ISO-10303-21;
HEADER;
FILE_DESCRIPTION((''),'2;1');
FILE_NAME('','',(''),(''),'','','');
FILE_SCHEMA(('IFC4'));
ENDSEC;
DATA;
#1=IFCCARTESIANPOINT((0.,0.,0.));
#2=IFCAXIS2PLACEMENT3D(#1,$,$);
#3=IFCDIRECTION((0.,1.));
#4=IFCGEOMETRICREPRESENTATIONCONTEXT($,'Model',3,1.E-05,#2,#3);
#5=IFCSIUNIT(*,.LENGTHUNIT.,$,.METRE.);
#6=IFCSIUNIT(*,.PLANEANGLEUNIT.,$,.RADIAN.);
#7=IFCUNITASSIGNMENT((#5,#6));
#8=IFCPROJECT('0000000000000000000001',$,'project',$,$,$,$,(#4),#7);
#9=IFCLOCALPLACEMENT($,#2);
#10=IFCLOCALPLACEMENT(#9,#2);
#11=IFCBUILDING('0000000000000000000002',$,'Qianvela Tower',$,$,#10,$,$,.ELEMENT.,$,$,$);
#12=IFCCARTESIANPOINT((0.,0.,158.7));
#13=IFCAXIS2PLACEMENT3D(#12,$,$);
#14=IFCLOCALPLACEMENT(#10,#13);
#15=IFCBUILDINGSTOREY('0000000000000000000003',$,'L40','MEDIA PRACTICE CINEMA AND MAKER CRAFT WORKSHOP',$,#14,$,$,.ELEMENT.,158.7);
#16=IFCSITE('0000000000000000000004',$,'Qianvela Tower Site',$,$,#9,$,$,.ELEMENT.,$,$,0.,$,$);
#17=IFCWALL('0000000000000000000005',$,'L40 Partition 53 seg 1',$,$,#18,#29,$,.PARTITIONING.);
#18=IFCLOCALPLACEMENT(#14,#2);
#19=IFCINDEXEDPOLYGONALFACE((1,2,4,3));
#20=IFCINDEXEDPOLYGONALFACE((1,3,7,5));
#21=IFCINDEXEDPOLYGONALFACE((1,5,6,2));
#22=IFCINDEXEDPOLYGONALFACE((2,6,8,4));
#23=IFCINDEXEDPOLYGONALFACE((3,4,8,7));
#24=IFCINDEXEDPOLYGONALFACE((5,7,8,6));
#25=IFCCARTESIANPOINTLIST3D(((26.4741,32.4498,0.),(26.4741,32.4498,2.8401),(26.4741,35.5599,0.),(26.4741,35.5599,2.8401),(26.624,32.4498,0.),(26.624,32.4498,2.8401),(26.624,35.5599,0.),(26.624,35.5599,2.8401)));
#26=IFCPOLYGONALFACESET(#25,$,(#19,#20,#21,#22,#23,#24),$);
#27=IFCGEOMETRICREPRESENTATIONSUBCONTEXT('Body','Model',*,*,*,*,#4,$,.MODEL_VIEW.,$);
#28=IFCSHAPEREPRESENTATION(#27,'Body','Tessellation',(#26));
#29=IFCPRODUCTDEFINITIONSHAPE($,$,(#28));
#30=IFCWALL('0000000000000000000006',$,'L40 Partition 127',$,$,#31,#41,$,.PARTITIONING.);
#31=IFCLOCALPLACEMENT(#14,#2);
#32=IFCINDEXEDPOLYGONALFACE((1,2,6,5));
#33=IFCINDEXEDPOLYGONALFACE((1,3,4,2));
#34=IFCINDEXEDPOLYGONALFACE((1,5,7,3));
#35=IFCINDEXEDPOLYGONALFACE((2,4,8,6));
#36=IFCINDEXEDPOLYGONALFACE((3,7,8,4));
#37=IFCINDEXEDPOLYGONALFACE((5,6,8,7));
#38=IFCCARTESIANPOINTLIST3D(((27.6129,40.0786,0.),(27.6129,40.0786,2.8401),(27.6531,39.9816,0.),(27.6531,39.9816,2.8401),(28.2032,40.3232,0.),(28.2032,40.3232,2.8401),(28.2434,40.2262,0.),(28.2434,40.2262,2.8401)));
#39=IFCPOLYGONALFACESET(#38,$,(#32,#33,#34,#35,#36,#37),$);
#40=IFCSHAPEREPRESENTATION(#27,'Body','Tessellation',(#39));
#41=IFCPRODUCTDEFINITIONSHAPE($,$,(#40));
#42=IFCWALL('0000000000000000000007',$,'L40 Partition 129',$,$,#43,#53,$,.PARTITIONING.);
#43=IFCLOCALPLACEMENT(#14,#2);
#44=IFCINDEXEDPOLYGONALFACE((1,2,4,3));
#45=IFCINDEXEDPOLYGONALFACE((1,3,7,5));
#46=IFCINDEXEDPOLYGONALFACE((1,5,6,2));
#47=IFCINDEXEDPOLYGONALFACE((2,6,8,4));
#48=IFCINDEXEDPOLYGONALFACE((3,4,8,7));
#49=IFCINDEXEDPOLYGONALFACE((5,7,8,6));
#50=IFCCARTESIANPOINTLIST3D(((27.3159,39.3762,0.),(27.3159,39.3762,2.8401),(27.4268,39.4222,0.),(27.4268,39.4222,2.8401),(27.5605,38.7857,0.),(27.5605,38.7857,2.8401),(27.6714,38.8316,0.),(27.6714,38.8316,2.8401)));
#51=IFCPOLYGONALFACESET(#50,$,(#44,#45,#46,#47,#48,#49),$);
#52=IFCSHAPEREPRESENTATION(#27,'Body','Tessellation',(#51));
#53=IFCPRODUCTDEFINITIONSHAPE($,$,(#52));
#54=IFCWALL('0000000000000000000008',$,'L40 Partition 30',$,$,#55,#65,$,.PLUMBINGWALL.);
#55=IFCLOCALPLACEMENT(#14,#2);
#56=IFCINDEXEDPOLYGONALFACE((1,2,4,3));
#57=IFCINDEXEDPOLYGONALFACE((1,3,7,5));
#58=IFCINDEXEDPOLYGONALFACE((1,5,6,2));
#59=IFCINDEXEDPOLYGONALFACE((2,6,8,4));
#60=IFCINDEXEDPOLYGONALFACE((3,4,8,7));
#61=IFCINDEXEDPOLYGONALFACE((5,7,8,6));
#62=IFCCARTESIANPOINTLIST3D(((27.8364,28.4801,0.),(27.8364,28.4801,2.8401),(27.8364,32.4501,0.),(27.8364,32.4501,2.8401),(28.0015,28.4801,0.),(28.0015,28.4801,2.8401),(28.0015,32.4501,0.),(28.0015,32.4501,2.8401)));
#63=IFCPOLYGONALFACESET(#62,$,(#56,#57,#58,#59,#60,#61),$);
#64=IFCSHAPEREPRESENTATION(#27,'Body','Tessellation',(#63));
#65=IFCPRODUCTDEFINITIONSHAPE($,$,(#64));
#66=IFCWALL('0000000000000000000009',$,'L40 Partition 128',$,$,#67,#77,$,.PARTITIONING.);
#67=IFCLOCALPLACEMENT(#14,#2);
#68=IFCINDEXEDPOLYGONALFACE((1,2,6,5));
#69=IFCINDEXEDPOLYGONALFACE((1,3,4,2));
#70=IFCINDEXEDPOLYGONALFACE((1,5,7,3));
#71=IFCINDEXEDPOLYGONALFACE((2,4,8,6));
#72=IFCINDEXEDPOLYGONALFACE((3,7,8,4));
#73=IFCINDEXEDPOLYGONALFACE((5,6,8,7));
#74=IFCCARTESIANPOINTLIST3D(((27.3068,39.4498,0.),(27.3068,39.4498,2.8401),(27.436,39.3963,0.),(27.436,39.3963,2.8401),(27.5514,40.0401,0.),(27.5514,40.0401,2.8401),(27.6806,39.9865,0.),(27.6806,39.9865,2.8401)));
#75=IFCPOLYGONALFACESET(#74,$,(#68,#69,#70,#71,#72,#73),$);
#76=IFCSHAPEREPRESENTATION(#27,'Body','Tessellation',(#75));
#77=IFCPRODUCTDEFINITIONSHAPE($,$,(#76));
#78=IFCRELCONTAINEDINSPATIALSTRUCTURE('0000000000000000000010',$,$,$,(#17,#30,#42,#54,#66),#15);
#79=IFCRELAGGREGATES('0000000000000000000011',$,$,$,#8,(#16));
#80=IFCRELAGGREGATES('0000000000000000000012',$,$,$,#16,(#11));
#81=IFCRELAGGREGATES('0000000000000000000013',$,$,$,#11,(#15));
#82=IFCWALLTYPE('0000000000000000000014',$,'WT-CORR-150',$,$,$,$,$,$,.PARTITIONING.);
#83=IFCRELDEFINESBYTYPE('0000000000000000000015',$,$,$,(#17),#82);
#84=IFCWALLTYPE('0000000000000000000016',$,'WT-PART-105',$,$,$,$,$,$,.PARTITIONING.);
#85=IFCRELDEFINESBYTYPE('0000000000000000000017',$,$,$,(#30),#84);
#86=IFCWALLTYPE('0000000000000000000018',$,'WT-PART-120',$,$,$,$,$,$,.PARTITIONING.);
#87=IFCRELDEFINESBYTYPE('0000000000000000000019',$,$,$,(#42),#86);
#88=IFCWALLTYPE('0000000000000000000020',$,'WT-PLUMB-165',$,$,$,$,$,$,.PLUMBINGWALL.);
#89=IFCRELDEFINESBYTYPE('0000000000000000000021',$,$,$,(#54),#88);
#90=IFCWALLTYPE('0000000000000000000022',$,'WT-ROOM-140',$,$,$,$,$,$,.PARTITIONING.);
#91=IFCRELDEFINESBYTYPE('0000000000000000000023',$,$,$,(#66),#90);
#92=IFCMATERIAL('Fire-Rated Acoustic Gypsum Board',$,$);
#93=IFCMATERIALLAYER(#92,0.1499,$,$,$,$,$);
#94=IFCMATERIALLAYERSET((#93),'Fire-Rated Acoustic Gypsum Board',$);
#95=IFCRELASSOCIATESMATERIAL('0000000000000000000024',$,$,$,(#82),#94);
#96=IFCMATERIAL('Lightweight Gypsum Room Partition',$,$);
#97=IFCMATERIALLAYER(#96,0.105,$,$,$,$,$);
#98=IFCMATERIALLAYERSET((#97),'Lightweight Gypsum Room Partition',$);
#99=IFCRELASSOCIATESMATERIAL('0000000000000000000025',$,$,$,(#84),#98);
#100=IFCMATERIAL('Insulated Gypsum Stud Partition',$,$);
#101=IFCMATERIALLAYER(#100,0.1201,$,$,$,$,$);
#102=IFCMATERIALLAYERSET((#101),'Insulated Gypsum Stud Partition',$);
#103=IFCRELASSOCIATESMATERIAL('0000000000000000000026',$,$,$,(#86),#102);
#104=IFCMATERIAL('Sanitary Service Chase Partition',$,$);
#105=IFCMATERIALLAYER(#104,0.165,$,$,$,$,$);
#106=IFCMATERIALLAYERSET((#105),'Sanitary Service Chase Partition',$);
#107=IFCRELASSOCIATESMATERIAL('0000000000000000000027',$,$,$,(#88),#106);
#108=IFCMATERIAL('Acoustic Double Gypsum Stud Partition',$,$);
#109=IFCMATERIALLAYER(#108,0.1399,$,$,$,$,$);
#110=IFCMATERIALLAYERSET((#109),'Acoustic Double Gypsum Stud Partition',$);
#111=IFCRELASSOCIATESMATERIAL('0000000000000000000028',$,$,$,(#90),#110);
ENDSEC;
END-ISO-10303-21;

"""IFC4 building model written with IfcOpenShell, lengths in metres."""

from ifc_helpers import new_model, si_unit, direction, frame, frame_2d, origin, place, context, subcontext, project, spatial, rectangle, extrude, material, layer, layer_set, type_object, element, save


model = new_model("IFC4")

# Units and contexts
model_context = context("Model", 3, precision=1e-05, world=origin(), true_north=direction((0.0, 1.0)))
body_context = subcontext(model_context, "Body", "Model", "MODEL_VIEW")
ifc_project = project(units=[si_unit("LENGTHUNIT", "METRE"), si_unit("PLANEANGLEUNIT", "RADIAN")], contexts=[model_context])

# Site, building, storey
site_placement = place(None, origin())
site = spatial("IfcSite", under=ifc_project, at=site_placement, Name="Qianvela Tower Site", CompositionType="ELEMENT", RefElevation=0.0)
building_placement = place(site_placement, origin())
building = spatial("IfcBuilding", under=site, at=building_placement, Name="Qianvela Tower", CompositionType="ELEMENT")
storey_placement = place(building_placement, frame((0.0, 0.0, 158.7)))
storey = spatial("IfcBuildingStorey", under=building, at=storey_placement, Name="L40", Description="MEDIA PRACTICE CINEMA AND MAKER CRAFT WORKSHOP", CompositionType="ELEMENT", Elevation=158.7)

# Walls
ifc_material_1 = material(Name="Fire-Rated Acoustic Gypsum Board")
ifc_layer_1 = layer(ifc_material_1, 0.1499)
ifc_layer_set_1 = layer_set([ifc_layer_1], Name="Fire-Rated Acoustic Gypsum Board")
wall_type_1 = type_object("IfcWallType", Name="WT-CORR-150", PredefinedType="PARTITIONING", material=ifc_layer_set_1)
wall_1_placement = place(storey_placement, frame((26.5491, 35.5601, 0.0), z_axis=(0.0, 0.0, 1.0), x_axis=(0.0, -1.0, 0.0)))
element("IfcWall", 1, at=wall_1_placement, inside=storey, type_object=wall_type_1, Name="L40 Partition 53 seg 1", PredefinedType="PARTITIONING", context=body_context, shape_type="SweptSolid", body=[
    extrude(rectangle(XDim=3.1101, YDim=0.1499, at=frame_2d((1.5552, 0.0))), origin(), (0.0, 0.0, 1.0), 2.8401),
])
ifc_material_2 = material(Name="Lightweight Gypsum Room Partition")
ifc_layer_2 = layer(ifc_material_2, 0.105)
ifc_layer_set_2 = layer_set([ifc_layer_2], Name="Lightweight Gypsum Room Partition")
wall_type_2 = type_object("IfcWallType", Name="WT-PART-105", PredefinedType="PARTITIONING", material=ifc_layer_set_2)
wall_2_placement = place(storey_placement, frame((28.2231, 40.2747, 0.0), z_axis=(0.0, 0.0, 1.0), x_axis=(-0.923821, -0.382824, 0.0)))
element("IfcWall", 2, at=wall_2_placement, inside=storey, type_object=wall_type_2, Name="L40 Partition 127", PredefinedType="PARTITIONING", context=body_context, shape_type="SweptSolid", body=[
    extrude(rectangle(XDim=0.6389, YDim=0.105, at=frame_2d((0.3193, 0.0))), origin(), (0.0, 0.0, 1.0), 2.8401),
])
ifc_material_3 = material(Name="Insulated Gypsum Stud Partition")
ifc_layer_3 = layer(ifc_material_3, 0.1201)
ifc_layer_set_3 = layer_set([ifc_layer_3], Name="Insulated Gypsum Stud Partition")
wall_type_3 = type_object("IfcWallType", Name="WT-PART-120", PredefinedType="PARTITIONING", material=ifc_layer_set_3)
wall_3_placement = place(storey_placement, frame((27.3713, 39.3992, 0.0), z_axis=(0.0, 0.0, 1.0), x_axis=(0.382689, -0.923877, 0.0)))
element("IfcWall", 3, at=wall_3_placement, inside=storey, type_object=wall_type_3, Name="L40 Partition 129", PredefinedType="PARTITIONING", context=body_context, shape_type="SweptSolid", body=[
    extrude(rectangle(XDim=0.6392, YDim=0.1201, at=frame_2d((0.3196, 0.0))), origin(), (0.0, 0.0, 1.0), 2.8401),
])
ifc_material_4 = material(Name="Sanitary Service Chase Partition")
ifc_layer_4 = layer(ifc_material_4, 0.165)
ifc_layer_set_4 = layer_set([ifc_layer_4], Name="Sanitary Service Chase Partition")
wall_type_4 = type_object("IfcWallType", Name="WT-PLUMB-165", PredefinedType="PLUMBINGWALL", material=ifc_layer_set_4)
wall_4_placement = place(storey_placement, frame((27.9189, 32.45, 0.0), z_axis=(0.0, 0.0, 1.0), x_axis=(0.0, -1.0, 0.0)))
element("IfcWall", 4, at=wall_4_placement, inside=storey, type_object=wall_type_4, Name="L40 Partition 30", PredefinedType="PLUMBINGWALL", context=body_context, shape_type="SweptSolid", body=[
    extrude(rectangle(XDim=3.97, YDim=0.165, at=frame_2d((1.9849, 0.0))), origin(), (0.0, 0.0, 1.0), 2.8401),
])
ifc_material_5 = material(Name="Acoustic Double Gypsum Stud Partition")
ifc_layer_5 = layer(ifc_material_5, 0.1399)
ifc_layer_set_5 = layer_set([ifc_layer_5], Name="Acoustic Double Gypsum Stud Partition")
wall_type_5 = type_object("IfcWallType", Name="WT-ROOM-140", PredefinedType="PARTITIONING", material=ifc_layer_set_5)
wall_5_placement = place(storey_placement, frame((27.616, 40.0132, 0.0), z_axis=(0.0, 0.0, 1.0), x_axis=(-0.382824, -0.923821, 0.0)))
element("IfcWall", 5, at=wall_5_placement, inside=storey, type_object=wall_type_5, Name="L40 Partition 128", PredefinedType="PARTITIONING", context=body_context, shape_type="SweptSolid", body=[
    extrude(rectangle(XDim=0.6389, YDim=0.1399, at=frame_2d((0.3193, 0.0))), origin(), (0.0, 0.0, 1.0), 2.8401),
])

save(model, "model.ifc")
